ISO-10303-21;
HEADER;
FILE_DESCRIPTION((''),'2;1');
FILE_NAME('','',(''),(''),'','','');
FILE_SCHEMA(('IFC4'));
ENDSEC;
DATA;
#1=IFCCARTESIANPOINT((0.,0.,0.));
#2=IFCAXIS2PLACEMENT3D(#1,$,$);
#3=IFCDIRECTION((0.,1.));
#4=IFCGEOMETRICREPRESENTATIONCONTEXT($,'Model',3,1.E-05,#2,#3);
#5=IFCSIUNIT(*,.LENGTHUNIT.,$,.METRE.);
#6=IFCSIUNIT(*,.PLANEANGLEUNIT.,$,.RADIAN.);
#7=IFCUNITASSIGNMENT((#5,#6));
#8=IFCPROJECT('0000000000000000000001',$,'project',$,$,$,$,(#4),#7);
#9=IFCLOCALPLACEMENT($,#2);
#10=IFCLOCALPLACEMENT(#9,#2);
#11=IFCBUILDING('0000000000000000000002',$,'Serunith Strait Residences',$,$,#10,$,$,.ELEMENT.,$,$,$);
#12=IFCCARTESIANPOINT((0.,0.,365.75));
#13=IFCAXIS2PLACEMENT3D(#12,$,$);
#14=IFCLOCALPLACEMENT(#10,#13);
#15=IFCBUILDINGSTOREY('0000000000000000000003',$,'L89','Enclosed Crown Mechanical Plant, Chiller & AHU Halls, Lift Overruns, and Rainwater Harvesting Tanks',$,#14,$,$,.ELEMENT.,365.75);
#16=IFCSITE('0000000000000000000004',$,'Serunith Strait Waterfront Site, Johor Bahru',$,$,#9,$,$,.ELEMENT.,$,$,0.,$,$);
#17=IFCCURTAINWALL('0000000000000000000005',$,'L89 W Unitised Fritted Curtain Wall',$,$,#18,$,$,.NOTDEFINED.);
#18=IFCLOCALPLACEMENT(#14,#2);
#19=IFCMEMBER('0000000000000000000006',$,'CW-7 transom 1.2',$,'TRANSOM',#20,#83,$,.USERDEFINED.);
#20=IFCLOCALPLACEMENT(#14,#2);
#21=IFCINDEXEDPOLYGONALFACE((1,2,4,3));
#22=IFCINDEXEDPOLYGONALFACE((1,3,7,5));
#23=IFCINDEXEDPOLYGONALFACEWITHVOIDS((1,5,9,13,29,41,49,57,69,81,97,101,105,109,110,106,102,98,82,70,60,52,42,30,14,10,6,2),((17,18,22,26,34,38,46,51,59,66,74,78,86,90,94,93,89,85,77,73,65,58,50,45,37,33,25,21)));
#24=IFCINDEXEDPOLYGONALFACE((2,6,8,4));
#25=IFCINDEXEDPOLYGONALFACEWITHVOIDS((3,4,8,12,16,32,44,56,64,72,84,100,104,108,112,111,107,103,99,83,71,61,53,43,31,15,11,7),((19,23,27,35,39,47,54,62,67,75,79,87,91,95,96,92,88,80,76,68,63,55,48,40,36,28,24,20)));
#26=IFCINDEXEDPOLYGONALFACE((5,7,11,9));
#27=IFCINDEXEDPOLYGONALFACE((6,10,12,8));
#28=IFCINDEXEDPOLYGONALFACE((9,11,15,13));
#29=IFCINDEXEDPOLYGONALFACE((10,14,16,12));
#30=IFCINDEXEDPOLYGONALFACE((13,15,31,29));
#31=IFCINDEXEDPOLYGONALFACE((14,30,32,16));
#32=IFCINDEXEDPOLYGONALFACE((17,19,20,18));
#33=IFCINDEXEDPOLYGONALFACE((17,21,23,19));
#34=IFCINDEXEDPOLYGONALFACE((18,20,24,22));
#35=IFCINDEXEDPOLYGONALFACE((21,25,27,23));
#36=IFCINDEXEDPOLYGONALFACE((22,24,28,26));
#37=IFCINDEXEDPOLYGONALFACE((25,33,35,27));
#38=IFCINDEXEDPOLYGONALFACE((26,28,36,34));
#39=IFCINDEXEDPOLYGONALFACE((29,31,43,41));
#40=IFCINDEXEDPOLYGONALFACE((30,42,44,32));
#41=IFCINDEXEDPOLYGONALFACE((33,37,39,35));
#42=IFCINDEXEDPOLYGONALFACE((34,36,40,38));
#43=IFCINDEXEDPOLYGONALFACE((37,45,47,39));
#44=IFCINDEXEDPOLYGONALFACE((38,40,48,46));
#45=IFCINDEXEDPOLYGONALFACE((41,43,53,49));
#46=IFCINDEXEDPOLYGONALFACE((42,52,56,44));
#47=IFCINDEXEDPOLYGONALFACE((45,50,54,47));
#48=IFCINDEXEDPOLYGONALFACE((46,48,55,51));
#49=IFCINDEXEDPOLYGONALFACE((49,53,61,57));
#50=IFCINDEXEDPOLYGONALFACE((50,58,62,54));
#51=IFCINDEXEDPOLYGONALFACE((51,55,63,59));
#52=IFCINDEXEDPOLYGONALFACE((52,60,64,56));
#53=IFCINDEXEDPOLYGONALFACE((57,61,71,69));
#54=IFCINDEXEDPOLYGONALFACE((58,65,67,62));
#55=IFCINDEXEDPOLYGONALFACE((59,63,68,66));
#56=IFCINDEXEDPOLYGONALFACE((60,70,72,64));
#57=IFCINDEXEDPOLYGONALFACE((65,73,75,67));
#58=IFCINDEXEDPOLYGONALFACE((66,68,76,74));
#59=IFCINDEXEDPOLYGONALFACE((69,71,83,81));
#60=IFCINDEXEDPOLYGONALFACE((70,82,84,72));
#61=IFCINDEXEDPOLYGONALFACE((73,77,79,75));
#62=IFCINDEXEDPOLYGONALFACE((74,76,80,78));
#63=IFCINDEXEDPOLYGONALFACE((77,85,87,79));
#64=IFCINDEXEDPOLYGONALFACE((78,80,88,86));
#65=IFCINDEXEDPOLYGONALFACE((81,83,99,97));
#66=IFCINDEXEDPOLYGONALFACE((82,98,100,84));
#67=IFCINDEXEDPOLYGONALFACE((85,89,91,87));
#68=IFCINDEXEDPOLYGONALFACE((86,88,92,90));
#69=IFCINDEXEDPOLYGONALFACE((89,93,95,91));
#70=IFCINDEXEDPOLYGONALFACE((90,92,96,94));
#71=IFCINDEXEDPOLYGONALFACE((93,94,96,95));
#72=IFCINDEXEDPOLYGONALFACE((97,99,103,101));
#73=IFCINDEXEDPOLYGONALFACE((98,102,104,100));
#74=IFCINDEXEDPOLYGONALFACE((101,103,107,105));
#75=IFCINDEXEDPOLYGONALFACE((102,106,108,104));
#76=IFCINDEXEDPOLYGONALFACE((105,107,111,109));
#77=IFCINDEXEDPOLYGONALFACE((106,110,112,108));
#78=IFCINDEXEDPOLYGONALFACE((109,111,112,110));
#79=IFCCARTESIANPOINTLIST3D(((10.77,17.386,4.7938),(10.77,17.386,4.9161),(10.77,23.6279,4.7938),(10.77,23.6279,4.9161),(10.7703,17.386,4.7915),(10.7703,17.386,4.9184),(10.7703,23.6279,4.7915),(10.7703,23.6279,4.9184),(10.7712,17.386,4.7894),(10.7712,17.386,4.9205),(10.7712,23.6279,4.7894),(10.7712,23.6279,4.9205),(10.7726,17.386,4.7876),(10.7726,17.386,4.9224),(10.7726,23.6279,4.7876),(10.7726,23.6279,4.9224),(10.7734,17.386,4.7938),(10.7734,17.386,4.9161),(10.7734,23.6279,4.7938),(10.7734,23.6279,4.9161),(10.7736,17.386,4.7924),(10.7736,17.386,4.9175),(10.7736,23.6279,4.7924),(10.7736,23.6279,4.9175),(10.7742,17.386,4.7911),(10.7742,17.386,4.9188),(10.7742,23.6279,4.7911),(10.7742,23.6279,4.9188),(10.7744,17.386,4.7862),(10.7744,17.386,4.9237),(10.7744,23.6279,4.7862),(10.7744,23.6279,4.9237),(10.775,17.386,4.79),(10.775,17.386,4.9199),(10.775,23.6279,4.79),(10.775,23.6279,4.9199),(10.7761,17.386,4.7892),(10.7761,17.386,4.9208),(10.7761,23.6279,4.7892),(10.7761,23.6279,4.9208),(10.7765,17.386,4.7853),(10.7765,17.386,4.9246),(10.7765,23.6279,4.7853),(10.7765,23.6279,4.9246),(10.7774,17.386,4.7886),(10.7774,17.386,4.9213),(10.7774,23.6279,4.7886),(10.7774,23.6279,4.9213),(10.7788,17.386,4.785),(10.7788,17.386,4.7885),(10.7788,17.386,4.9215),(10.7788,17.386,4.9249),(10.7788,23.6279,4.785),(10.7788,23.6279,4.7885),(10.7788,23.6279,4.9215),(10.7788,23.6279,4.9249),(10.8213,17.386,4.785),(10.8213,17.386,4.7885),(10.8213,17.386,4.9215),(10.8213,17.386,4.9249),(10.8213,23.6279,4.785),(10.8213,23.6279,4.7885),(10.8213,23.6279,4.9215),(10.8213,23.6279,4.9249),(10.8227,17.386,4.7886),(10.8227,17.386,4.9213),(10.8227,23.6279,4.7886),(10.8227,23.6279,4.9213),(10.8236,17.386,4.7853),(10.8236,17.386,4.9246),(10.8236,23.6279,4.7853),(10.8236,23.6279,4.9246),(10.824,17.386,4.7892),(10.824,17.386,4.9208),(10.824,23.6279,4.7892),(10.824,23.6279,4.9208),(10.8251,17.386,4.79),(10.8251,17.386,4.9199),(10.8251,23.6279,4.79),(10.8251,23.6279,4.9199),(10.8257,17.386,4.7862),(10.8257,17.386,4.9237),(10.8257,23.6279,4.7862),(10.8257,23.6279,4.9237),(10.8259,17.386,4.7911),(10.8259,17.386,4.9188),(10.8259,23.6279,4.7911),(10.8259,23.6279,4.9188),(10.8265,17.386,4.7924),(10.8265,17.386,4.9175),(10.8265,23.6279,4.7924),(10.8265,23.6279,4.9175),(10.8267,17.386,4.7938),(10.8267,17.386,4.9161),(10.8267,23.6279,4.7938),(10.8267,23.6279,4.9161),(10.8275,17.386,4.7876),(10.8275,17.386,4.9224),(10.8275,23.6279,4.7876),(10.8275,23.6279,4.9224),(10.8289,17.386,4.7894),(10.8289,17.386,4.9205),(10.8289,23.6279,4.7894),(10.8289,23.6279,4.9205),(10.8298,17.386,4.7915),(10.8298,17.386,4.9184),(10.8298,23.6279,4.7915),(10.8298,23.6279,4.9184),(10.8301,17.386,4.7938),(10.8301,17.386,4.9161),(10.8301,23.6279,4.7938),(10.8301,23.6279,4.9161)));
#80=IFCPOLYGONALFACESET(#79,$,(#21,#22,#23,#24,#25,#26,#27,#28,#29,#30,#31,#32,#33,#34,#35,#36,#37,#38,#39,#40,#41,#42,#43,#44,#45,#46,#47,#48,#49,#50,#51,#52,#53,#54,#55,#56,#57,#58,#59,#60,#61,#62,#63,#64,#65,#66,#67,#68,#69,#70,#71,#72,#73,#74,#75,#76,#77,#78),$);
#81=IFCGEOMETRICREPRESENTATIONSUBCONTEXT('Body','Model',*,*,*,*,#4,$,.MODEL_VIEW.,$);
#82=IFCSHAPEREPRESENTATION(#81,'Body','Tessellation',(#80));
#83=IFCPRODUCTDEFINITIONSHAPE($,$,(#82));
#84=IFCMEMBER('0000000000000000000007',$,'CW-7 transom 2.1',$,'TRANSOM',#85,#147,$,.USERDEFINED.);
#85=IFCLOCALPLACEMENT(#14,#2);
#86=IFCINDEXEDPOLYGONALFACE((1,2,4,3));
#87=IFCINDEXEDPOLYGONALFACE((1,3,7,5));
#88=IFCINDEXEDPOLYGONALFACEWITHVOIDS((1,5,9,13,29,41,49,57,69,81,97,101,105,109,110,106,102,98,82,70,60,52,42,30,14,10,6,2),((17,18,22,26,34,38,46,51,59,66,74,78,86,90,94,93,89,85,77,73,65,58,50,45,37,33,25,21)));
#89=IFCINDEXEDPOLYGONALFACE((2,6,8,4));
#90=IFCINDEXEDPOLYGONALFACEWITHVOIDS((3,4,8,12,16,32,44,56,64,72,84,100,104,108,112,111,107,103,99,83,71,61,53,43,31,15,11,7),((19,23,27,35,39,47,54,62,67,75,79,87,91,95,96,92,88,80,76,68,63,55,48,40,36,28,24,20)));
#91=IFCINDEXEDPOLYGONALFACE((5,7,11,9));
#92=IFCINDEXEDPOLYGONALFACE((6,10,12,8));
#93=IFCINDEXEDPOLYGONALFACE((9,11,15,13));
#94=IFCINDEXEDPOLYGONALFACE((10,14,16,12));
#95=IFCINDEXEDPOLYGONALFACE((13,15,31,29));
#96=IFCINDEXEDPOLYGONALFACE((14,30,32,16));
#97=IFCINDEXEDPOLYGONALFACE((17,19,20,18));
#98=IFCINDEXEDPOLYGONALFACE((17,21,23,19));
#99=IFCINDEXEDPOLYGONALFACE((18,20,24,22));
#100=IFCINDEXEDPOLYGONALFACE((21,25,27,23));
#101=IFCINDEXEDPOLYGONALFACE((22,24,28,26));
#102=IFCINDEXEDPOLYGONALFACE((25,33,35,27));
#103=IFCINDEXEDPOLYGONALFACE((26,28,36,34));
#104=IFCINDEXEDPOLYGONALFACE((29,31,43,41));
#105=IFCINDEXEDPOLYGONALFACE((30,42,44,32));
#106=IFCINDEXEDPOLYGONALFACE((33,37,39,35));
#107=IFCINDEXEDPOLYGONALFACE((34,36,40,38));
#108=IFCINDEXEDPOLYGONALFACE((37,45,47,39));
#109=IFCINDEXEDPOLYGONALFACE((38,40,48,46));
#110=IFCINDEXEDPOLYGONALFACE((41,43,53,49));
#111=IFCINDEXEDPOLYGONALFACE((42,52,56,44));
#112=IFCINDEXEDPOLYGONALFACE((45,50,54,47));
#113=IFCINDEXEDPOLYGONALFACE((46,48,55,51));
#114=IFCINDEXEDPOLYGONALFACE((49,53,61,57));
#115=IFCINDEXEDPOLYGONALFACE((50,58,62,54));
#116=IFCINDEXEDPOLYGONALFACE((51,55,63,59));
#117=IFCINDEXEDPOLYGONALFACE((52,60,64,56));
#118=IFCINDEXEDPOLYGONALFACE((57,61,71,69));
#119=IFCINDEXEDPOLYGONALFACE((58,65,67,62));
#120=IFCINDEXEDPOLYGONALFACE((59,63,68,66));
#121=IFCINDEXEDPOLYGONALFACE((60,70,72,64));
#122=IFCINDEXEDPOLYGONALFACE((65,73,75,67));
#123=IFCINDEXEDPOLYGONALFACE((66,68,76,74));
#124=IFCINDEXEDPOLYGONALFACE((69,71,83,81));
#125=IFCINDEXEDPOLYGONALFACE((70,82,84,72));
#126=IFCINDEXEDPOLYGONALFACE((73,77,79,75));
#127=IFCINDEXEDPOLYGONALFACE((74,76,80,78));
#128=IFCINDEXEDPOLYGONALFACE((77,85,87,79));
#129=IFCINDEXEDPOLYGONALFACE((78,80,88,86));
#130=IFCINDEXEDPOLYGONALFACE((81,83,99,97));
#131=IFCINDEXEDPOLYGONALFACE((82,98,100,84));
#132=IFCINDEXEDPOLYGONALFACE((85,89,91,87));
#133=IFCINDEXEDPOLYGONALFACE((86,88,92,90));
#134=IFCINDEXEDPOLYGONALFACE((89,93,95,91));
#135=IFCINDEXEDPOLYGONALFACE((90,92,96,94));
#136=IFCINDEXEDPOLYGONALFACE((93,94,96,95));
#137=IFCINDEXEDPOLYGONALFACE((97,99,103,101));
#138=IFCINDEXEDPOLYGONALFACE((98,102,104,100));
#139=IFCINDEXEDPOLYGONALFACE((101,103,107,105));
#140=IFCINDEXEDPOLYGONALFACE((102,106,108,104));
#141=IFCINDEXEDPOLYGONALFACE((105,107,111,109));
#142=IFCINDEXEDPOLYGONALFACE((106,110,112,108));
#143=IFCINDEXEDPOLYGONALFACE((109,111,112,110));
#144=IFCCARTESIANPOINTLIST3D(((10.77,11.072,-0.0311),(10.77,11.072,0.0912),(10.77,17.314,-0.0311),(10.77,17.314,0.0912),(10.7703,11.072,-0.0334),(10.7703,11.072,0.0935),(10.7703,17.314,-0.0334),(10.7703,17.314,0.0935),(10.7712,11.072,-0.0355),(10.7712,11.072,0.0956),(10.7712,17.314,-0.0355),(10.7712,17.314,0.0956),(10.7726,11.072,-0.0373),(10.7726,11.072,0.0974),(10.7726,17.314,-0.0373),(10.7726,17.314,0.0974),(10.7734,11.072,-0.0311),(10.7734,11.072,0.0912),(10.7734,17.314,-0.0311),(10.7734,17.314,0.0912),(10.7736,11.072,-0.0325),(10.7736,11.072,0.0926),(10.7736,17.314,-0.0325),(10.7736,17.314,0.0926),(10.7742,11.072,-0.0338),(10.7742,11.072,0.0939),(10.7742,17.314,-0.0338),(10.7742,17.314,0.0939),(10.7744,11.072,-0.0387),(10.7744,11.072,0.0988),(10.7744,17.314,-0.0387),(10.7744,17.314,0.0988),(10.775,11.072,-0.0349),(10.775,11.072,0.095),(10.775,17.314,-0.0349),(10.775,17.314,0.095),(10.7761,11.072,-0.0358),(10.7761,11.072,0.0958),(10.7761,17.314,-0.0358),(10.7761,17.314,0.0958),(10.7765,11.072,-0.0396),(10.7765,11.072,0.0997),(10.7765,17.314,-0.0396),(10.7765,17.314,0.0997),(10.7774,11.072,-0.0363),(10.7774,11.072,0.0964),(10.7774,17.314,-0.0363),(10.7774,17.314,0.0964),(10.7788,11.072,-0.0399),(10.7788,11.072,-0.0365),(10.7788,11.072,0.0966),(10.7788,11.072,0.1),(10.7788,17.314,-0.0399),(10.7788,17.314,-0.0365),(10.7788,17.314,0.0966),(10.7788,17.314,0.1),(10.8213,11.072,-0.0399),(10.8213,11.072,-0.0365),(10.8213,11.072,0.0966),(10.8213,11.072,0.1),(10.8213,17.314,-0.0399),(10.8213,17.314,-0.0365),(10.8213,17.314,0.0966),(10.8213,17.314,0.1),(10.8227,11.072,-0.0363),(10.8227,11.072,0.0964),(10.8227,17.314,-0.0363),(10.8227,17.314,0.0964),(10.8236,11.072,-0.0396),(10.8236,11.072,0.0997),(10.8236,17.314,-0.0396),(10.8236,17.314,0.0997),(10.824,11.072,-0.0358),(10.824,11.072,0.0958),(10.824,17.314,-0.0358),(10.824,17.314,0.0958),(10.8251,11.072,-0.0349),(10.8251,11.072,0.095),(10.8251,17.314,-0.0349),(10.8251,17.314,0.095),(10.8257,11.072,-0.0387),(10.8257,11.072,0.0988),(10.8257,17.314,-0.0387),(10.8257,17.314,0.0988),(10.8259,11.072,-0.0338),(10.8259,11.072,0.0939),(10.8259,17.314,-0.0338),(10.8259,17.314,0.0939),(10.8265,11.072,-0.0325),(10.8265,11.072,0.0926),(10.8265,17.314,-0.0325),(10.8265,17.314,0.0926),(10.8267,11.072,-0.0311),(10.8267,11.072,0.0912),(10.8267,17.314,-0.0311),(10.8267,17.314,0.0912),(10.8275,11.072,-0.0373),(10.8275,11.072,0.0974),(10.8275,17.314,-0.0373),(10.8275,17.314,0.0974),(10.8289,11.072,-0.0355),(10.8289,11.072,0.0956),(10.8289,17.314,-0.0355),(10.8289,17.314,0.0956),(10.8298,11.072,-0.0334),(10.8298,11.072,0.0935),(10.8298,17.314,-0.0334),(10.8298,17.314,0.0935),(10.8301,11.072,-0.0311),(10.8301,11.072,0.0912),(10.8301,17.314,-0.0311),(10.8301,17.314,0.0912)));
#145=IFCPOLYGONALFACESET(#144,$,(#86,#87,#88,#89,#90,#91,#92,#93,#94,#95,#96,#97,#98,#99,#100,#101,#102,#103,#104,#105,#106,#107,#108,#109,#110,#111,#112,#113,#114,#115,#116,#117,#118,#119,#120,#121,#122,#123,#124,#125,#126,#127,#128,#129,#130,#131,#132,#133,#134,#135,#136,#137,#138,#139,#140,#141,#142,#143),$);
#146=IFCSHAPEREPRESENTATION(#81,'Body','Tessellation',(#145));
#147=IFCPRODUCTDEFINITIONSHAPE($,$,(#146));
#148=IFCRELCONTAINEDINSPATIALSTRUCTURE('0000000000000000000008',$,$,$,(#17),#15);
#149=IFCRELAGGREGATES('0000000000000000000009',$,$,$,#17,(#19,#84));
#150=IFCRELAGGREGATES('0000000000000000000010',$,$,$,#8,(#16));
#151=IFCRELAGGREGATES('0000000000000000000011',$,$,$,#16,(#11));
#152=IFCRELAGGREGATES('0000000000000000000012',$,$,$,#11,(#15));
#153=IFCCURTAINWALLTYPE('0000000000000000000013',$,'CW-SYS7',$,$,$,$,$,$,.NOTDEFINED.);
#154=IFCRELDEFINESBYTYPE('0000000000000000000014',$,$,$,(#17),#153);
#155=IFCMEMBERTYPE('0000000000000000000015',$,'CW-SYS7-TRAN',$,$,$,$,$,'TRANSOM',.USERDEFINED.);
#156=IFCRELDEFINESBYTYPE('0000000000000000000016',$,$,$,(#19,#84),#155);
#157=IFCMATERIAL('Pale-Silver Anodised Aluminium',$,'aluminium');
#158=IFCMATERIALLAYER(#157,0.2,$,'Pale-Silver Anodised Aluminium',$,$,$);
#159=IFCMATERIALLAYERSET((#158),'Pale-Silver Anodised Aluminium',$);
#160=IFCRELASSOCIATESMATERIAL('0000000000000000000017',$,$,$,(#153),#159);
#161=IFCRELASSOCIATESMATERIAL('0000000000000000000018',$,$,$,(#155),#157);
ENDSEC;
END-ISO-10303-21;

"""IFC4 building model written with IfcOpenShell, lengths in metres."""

from ifc_helpers import new_model, si_unit, direction, frame, origin, origin_2d, place, context, subcontext, project, spatial, hollow_rectangle, extrude, source, transform, mapped, material, layer, layer_set, material_profile, profile_set, type_object, element, aggregate, save


model = new_model("IFC4")

# Units and contexts
model_context = context("Model", 3, precision=1e-05, world=origin(), true_north=direction((0.0, 1.0)))
body_context = subcontext(model_context, "Body", "Model", "MODEL_VIEW")
ifc_project = project(units=[si_unit("LENGTHUNIT", "METRE"), si_unit("PLANEANGLEUNIT", "RADIAN")], contexts=[model_context])

# Site, building, storey
site_placement = place(None, origin())
site = spatial("IfcSite", under=ifc_project, at=site_placement, Name="Serunith Strait Waterfront Site, Johor Bahru", CompositionType="ELEMENT", RefElevation=0.0)
building_placement = place(site_placement, origin())
building = spatial("IfcBuilding", under=site, at=building_placement, Name="Serunith Strait Residences", CompositionType="ELEMENT")
storey_placement = place(building_placement, frame((0.0, 0.0, 365.75)))
storey = spatial("IfcBuildingStorey", under=building, at=storey_placement, Name="L89", Description="Enclosed Crown Mechanical Plant, Chiller & AHU Halls, Lift Overruns, and Rainwater Harvesting Tanks", CompositionType="ELEMENT", Elevation=365.75)

# Shared definitions
ifc_material_1 = material(Name="Pale-Silver Anodised Aluminium", Category="aluminium")
ifc_layer_1 = layer(ifc_material_1, 0.2, Name="Pale-Silver Anodised Aluminium")
ifc_layer_set_1 = layer_set([ifc_layer_1], Name="Pale-Silver Anodised Aluminium")
curtain_wall_type = type_object("IfcCurtainWallType", Name="CW-SYS7", PredefinedType="NOTDEFINED", material=ifc_layer_set_1)

# Curtain wall
curtain_wall_1_placement = place(storey_placement, origin())
curtain_wall_1 = element("IfcCurtainWall", 1, at=curtain_wall_1_placement, inside=storey, type_object=curtain_wall_type, Name="L89 W Unitised Fritted Curtain Wall", PredefinedType="NOTDEFINED")

# Members
ifc_material_profile_1 = material_profile(ifc_material_1, hollow_rectangle(XDim=0.0601, YDim=0.1399, WallThickness=0.0034, InnerFilletRadius=0.0054, OuterFilletRadius=0.0088, at=origin_2d()), Name="ALU 140x60x3.5")
ifc_profile_set_1 = profile_set([ifc_material_profile_1], Name="Pale-Silver Anodised Aluminium")
member_type_1 = type_object("IfcMemberType", Name="CW-SYS7-TRAN", ElementType="TRANSOM", PredefinedType="USERDEFINED", material=ifc_profile_set_1)
shared_shape_1 = source(origin(), body_context, "Body", "SweptSolid", [
    extrude(hollow_rectangle(XDim=0.0601, YDim=0.1399, WallThickness=0.0034, InnerFilletRadius=0.0054, OuterFilletRadius=0.0088, at=origin_2d()), origin(), (0.0, 0.0, 1.0), 6.2419),
])
member_1_placement = place(storey_placement, frame((10.8, 23.6279, 4.855), z_axis=(0.0, -1.0, 0.0), x_axis=(1.0, 0.0, 0.0)))
member_1 = element("IfcMember", 2, at=member_1_placement, type_object=member_type_1, Name="CW-7 transom 1.2", ObjectType="TRANSOM", PredefinedType="USERDEFINED", context=body_context, shape_type="MappedRepresentation", body=[
    mapped(shared_shape_1, transform((0.0, 0.0, 0.0), scale=1.0)),
])
member_2_placement = place(storey_placement, frame((10.8, 17.314, 0.03), z_axis=(0.0, -1.0, 0.0), x_axis=(1.0, 0.0, 0.0)))
member_2 = element("IfcMember", 3, at=member_2_placement, type_object=member_type_1, Name="CW-7 transom 2.1", ObjectType="TRANSOM", PredefinedType="USERDEFINED", context=body_context, shape_type="MappedRepresentation", body=[
    mapped(shared_shape_1, transform((0.0, 0.0, 0.0), scale=1.0)),
])

aggregate(curtain_wall_1, [member_1, member_2])

save(model, "model.ifc")
